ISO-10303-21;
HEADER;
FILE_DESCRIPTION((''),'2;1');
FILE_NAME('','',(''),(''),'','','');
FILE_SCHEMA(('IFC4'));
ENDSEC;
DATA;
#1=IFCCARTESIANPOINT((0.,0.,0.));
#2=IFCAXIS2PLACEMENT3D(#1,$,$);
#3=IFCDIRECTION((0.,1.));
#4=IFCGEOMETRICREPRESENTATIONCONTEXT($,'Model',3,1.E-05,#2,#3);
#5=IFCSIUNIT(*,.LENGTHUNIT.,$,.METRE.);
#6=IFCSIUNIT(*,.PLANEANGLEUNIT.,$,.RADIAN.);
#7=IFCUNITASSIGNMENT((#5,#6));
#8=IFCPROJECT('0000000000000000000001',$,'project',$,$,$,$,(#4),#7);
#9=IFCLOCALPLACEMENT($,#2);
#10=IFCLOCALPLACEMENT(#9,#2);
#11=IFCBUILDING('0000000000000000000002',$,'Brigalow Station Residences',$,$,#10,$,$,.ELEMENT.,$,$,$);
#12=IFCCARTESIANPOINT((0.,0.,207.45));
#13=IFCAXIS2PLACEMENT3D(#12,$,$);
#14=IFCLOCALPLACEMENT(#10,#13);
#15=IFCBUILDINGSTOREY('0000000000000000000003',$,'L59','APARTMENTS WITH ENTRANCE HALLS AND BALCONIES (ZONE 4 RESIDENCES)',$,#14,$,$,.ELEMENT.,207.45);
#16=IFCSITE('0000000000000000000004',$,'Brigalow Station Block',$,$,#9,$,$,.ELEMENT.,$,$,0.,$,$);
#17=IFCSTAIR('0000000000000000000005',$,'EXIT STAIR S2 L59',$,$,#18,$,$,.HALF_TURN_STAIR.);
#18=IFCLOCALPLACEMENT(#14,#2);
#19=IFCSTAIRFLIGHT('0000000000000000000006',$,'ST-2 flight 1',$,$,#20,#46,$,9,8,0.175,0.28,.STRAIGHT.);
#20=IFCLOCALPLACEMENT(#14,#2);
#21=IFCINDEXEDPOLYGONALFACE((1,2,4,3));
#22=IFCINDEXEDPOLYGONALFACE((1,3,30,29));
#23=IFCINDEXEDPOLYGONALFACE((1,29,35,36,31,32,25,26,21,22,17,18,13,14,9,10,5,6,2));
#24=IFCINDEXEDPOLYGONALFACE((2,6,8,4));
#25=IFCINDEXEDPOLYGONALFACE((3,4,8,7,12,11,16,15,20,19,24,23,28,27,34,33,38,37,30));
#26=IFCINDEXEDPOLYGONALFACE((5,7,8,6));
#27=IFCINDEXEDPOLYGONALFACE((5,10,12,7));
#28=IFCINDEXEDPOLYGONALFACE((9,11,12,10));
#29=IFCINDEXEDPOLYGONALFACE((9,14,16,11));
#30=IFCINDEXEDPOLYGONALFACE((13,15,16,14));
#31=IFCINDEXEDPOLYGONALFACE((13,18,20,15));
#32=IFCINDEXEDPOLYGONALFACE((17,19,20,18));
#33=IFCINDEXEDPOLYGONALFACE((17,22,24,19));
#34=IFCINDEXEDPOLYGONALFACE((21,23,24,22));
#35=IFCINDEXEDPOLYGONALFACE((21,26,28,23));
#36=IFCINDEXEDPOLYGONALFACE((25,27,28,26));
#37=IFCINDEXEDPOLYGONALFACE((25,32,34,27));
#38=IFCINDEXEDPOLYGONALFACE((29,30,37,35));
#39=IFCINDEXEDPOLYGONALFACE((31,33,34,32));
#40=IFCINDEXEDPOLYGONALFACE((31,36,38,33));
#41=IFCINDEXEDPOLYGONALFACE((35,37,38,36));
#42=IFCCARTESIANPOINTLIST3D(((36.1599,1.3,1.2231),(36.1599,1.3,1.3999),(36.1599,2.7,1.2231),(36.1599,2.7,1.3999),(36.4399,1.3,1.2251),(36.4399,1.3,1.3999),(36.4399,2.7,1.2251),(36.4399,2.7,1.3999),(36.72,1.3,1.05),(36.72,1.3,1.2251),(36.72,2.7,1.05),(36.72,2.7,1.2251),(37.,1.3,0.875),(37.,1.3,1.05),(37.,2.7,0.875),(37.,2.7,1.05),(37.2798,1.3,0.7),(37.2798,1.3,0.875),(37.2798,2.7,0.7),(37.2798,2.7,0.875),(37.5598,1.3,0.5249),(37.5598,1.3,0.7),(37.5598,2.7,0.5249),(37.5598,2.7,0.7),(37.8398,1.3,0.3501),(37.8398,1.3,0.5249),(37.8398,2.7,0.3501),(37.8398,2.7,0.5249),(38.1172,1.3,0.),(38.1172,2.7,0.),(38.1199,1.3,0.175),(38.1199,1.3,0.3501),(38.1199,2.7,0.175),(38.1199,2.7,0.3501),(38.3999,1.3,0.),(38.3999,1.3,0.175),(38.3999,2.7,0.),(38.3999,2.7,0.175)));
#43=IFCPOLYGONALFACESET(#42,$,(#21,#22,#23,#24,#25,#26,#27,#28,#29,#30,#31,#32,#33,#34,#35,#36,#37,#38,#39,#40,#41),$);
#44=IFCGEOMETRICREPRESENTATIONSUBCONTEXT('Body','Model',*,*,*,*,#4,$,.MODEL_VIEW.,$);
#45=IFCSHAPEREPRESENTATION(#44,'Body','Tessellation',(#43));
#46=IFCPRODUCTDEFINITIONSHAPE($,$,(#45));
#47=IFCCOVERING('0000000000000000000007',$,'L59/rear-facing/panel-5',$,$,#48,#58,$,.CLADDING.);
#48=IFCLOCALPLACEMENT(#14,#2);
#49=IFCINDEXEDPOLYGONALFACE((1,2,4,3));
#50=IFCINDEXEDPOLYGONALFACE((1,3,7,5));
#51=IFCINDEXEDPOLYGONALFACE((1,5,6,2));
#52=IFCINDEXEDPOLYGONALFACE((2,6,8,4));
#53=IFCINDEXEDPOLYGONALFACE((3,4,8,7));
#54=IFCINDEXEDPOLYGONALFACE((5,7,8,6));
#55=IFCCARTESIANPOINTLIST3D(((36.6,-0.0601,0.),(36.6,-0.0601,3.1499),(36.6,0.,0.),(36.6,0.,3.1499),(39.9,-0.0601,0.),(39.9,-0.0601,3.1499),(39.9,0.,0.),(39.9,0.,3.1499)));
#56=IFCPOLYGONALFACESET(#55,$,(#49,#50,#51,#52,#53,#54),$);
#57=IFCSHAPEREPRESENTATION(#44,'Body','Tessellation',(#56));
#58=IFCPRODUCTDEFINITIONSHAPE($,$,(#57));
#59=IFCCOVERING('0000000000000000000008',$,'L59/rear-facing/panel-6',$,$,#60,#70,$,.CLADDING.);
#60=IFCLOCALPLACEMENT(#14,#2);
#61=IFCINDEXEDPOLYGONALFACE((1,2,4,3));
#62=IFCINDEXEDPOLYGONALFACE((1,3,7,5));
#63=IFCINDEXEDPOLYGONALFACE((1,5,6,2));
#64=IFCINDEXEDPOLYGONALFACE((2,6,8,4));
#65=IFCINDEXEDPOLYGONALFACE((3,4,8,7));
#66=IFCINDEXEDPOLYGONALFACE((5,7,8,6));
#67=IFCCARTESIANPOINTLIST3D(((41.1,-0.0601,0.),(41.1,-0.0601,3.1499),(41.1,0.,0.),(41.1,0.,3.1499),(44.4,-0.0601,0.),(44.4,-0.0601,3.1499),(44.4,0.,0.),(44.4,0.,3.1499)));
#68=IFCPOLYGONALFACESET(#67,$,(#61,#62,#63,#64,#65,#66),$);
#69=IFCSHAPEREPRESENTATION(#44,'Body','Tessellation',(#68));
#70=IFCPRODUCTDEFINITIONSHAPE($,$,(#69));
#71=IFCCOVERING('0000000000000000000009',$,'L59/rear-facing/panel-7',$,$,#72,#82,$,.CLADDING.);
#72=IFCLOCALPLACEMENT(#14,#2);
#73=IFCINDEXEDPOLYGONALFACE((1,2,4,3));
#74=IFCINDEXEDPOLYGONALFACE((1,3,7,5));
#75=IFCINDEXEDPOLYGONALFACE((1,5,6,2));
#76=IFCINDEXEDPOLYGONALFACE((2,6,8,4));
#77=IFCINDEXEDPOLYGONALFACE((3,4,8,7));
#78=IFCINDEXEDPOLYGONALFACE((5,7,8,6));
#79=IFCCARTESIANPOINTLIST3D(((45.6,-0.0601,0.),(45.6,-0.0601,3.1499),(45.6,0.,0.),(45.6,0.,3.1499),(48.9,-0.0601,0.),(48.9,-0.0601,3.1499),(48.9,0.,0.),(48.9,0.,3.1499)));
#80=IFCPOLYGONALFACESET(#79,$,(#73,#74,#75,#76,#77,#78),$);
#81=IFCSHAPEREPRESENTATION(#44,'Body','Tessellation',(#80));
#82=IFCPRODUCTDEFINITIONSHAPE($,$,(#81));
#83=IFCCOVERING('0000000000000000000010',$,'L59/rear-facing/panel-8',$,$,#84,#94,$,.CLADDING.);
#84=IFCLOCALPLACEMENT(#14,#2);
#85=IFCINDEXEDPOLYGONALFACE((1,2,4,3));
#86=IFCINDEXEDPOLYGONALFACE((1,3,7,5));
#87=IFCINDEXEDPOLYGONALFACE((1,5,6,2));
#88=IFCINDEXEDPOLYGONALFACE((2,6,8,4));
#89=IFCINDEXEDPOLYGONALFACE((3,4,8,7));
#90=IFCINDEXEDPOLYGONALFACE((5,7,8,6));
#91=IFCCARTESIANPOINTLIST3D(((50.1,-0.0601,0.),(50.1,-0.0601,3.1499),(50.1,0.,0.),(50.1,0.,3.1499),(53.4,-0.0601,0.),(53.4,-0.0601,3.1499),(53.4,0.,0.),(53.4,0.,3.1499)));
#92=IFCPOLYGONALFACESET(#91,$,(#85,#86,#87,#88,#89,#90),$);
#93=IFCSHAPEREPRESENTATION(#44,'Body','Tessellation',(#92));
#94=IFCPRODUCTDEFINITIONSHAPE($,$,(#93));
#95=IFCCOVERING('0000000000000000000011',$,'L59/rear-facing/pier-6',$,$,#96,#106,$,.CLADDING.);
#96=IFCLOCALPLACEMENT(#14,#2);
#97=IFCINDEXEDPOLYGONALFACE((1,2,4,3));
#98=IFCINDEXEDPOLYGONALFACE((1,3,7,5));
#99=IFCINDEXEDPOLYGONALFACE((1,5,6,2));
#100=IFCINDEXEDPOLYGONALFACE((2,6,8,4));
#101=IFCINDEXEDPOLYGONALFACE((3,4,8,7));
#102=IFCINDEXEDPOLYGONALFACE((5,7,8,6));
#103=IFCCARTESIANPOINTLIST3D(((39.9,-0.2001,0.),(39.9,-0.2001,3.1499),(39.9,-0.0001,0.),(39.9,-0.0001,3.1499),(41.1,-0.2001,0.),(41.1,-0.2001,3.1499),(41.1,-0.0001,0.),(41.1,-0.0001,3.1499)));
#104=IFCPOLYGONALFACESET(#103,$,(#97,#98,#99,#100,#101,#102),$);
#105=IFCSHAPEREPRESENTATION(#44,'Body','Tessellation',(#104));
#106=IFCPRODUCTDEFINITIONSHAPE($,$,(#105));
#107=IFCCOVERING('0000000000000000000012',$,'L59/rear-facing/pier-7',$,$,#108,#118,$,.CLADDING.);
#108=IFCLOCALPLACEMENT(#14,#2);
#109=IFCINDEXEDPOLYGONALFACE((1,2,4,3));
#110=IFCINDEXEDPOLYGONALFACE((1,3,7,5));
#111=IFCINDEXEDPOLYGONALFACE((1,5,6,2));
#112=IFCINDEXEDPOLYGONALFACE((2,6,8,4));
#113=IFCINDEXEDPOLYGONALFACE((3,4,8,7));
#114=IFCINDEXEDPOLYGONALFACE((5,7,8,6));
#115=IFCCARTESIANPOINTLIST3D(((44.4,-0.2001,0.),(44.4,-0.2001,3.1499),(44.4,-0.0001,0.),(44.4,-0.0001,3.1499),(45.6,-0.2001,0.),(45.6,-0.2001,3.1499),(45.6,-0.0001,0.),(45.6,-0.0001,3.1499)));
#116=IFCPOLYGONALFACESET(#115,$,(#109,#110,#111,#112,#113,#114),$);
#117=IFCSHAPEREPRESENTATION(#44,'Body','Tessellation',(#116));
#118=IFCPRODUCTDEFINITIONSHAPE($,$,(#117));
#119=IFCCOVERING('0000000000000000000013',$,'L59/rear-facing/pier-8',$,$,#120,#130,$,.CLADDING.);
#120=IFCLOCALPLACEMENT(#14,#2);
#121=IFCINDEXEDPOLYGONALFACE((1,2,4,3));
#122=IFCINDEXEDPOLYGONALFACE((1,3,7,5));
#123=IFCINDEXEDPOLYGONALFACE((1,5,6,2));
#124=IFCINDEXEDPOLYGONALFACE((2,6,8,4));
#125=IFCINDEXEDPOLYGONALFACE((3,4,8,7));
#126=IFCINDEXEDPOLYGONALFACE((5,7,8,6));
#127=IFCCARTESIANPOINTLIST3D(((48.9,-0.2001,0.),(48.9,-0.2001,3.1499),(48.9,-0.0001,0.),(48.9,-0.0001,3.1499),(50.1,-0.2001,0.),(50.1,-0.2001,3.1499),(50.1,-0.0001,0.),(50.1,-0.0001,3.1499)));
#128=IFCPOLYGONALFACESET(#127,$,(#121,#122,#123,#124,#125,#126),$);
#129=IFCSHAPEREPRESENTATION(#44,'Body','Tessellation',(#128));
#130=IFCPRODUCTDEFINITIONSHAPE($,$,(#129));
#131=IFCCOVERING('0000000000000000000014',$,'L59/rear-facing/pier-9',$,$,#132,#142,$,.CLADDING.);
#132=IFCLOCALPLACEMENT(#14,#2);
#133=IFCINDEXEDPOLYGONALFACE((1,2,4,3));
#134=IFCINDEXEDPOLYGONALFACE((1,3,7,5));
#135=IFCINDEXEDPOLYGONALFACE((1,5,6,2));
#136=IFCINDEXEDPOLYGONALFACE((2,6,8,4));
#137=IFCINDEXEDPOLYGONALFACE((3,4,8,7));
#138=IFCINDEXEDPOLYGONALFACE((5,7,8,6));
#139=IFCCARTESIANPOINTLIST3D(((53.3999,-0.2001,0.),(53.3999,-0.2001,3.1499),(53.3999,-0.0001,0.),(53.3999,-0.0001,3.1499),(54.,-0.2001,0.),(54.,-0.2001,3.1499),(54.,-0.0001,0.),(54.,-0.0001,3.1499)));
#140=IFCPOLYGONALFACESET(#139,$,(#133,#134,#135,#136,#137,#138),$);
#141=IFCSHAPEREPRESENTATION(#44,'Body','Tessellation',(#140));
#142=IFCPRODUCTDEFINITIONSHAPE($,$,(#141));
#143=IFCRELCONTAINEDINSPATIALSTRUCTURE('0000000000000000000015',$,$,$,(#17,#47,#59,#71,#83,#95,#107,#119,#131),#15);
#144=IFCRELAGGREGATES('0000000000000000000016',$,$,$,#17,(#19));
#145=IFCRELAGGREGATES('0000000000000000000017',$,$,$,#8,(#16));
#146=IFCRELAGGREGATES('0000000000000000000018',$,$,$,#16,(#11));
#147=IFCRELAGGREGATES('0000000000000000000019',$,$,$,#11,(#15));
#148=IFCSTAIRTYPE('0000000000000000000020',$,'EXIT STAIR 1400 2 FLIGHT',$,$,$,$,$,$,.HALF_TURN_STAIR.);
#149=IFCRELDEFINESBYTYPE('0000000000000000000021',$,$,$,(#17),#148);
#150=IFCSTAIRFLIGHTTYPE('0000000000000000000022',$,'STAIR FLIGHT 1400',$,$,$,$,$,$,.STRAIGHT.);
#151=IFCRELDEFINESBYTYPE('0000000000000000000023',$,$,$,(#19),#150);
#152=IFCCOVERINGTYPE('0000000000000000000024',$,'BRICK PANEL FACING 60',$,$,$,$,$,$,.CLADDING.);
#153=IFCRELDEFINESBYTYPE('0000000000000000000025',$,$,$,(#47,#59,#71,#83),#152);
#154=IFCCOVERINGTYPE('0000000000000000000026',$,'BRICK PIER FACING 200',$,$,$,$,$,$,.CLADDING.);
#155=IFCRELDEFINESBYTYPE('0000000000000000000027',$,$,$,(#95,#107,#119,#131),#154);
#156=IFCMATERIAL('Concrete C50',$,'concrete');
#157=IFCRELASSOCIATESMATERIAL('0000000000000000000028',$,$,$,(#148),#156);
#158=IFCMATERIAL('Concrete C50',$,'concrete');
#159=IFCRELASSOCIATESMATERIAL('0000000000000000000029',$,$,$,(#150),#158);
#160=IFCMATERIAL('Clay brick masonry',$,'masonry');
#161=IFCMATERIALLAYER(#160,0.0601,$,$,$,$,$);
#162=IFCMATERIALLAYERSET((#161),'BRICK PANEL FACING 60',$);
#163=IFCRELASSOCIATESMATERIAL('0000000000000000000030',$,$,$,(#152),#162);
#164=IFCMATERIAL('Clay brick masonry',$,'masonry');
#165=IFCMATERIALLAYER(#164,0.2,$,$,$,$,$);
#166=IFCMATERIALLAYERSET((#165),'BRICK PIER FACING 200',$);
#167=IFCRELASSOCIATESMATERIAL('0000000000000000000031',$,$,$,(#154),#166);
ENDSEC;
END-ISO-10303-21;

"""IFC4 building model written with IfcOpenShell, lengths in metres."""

from ifc_helpers import new_model, si_unit, direction, frame, origin, origin_2d, place, context, subcontext, project, spatial, polyline, rectangle, outline, extrude, material, layer, layer_set, type_object, element, aggregate, save


model = new_model("IFC4")

# Units and contexts
model_context = context("Model", 3, precision=1e-05, world=origin(), true_north=direction((0.0, 1.0)))
body_context = subcontext(model_context, "Body", "Model", "MODEL_VIEW")
ifc_project = project(units=[si_unit("LENGTHUNIT", "METRE"), si_unit("PLANEANGLEUNIT", "RADIAN")], contexts=[model_context])

# Site, building, storey
site_placement = place(None, origin())
site = spatial("IfcSite", under=ifc_project, at=site_placement, Name="Brigalow Station Block", CompositionType="ELEMENT", RefElevation=0.0)
building_placement = place(site_placement, origin())
building = spatial("IfcBuilding", under=site, at=building_placement, Name="Brigalow Station Residences", CompositionType="ELEMENT")
storey_placement = place(building_placement, frame((0.0, 0.0, 207.45)))
storey = spatial("IfcBuildingStorey", under=building, at=storey_placement, Name="L59", Description="APARTMENTS WITH ENTRANCE HALLS AND BALCONIES (ZONE 4 RESIDENCES)", CompositionType="ELEMENT", Elevation=207.45)

# Stair, stair flight
ifc_material_1 = material(Name="Concrete C50", Category="concrete")
stair_type = type_object("IfcStairType", Name="EXIT STAIR 1400 2 FLIGHT", PredefinedType="HALF_TURN_STAIR", material=ifc_material_1)
stair_placement = place(storey_placement, origin())
stair = element("IfcStair", 1, at=stair_placement, inside=storey, type_object=stair_type, Name="EXIT STAIR S2 L59", PredefinedType="HALF_TURN_STAIR")
ifc_material_2 = material(Name="Concrete C50", Category="concrete")
stair_flight_type = type_object("IfcStairFlightType", Name="STAIR FLIGHT 1400", PredefinedType="STRAIGHT", material=ifc_material_2)
stair_flight_placement = place(storey_placement, frame((38.3999, 2.0, 0.0), z_axis=(0.0, 0.0, 1.0), x_axis=(-1.0, 0.0, 0.0)))
stair_flight = element("IfcStairFlight", 2, at=stair_flight_placement, type_object=stair_flight_type, Name="ST-2 flight 1", NumberOfRisers=9, NumberOfTreads=8, PredefinedType="STRAIGHT", RiserHeight=0.175, TreadLength=0.28, context=body_context, shape_type="SweptSolid", body=[
    extrude(outline(polyline([(0.0, 0.0), (0.0, 0.175), (0.28, 0.175), (0.28, 0.3501), (0.5601, 0.3501), (0.5601, 0.5249), (0.8401, 0.5249), (0.8401, 0.7), (1.1201, 0.7), (1.1201, 0.875), (1.3999, 0.875), (1.3999, 1.05), (1.6799, 1.05), (1.6799, 1.2251), (1.96, 1.2251), (1.96, 1.3999), (2.24, 1.3999), (2.24, 1.575), (2.24, 1.2231), (0.2827, 0.0), (0.0, 0.0)])), frame((0.0, 0.7, 0.0), z_axis=(0.0, -1.0, 0.0), x_axis=(1.0, 0.0, 0.0)), (0.0, 0.0, 1.0), 1.3999),
])
aggregate(stair, [stair_flight])

# Coverings
ifc_material_3 = material(Name="Clay brick masonry", Category="masonry")
ifc_layer_1 = layer(ifc_material_3, 0.0601)
ifc_layer_set_1 = layer_set([ifc_layer_1], Name="BRICK PANEL FACING 60")
covering_type_1 = type_object("IfcCoveringType", Name="BRICK PANEL FACING 60", PredefinedType="CLADDING", material=ifc_layer_set_1)
for number, where, z_axis, x_axis, name in (
    (3, (38.25, -0.03, 0.0), (0.0, 0.0, 1.0), (1.0, 0.0, 0.0), "L59/rear-facing/panel-5"),
    (4, (42.75, -0.03, 0.0), (0.0, 0.0, 1.0), (1.0, 0.0, 0.0), "L59/rear-facing/panel-6"),
    (5, (47.25, -0.03, 0.0), (0.0, 0.0, 1.0), (1.0, 0.0, 0.0), "L59/rear-facing/panel-7"),
    (6, (51.75, -0.03, 0.0), (0.0, 0.0, 1.0), (1.0, 0.0, 0.0), "L59/rear-facing/panel-8"),
):
    element("IfcCovering", number, at=place(storey_placement, frame(where, z_axis=z_axis, x_axis=x_axis)), inside=storey, type_object=covering_type_1, Name=name, PredefinedType="CLADDING", context=body_context, shape_type="SweptSolid", body=[
        extrude(rectangle(XDim=3.3, YDim=0.0601, at=origin_2d()), origin(), (0.0, 0.0, 1.0), 3.1499),
    ])
ifc_material_4 = material(Name="Clay brick masonry", Category="masonry")
ifc_layer_2 = layer(ifc_material_4, 0.2)
ifc_layer_set_2 = layer_set([ifc_layer_2], Name="BRICK PIER FACING 200")
covering_type_2 = type_object("IfcCoveringType", Name="BRICK PIER FACING 200", PredefinedType="CLADDING", material=ifc_layer_set_2)
for number, where, z_axis, x_axis, name in (
    (7, (40.5, -0.1001, 0.0), (0.0, 0.0, 1.0), (1.0, 0.0, 0.0), "L59/rear-facing/pier-6"),
    (8, (45.0, -0.1001, 0.0), (0.0, 0.0, 1.0), (1.0, 0.0, 0.0), "L59/rear-facing/pier-7"),
    (9, (49.5, -0.1001, 0.0), (0.0, 0.0, 1.0), (1.0, 0.0, 0.0), "L59/rear-facing/pier-8"),
):
    element("IfcCovering", number, at=place(storey_placement, frame(where, z_axis=z_axis, x_axis=x_axis)), inside=storey, type_object=covering_type_2, Name=name, PredefinedType="CLADDING", context=body_context, shape_type="SweptSolid", body=[
        extrude(rectangle(XDim=1.2, YDim=0.2, at=origin_2d()), origin(), (0.0, 0.0, 1.0), 3.1499),
    ])
covering_placement = place(storey_placement, frame((53.7, -0.1001, 0.0), z_axis=(0.0, 0.0, 1.0), x_axis=(1.0, 0.0, 0.0)))
element("IfcCovering", 10, at=covering_placement, inside=storey, type_object=covering_type_2, Name="L59/rear-facing/pier-9", PredefinedType="CLADDING", context=body_context, shape_type="SweptSolid", body=[
    extrude(rectangle(XDim=0.6001, YDim=0.2, at=origin_2d()), origin(), (0.0, 0.0, 1.0), 3.1499),
])

save(model, "model.ifc")
